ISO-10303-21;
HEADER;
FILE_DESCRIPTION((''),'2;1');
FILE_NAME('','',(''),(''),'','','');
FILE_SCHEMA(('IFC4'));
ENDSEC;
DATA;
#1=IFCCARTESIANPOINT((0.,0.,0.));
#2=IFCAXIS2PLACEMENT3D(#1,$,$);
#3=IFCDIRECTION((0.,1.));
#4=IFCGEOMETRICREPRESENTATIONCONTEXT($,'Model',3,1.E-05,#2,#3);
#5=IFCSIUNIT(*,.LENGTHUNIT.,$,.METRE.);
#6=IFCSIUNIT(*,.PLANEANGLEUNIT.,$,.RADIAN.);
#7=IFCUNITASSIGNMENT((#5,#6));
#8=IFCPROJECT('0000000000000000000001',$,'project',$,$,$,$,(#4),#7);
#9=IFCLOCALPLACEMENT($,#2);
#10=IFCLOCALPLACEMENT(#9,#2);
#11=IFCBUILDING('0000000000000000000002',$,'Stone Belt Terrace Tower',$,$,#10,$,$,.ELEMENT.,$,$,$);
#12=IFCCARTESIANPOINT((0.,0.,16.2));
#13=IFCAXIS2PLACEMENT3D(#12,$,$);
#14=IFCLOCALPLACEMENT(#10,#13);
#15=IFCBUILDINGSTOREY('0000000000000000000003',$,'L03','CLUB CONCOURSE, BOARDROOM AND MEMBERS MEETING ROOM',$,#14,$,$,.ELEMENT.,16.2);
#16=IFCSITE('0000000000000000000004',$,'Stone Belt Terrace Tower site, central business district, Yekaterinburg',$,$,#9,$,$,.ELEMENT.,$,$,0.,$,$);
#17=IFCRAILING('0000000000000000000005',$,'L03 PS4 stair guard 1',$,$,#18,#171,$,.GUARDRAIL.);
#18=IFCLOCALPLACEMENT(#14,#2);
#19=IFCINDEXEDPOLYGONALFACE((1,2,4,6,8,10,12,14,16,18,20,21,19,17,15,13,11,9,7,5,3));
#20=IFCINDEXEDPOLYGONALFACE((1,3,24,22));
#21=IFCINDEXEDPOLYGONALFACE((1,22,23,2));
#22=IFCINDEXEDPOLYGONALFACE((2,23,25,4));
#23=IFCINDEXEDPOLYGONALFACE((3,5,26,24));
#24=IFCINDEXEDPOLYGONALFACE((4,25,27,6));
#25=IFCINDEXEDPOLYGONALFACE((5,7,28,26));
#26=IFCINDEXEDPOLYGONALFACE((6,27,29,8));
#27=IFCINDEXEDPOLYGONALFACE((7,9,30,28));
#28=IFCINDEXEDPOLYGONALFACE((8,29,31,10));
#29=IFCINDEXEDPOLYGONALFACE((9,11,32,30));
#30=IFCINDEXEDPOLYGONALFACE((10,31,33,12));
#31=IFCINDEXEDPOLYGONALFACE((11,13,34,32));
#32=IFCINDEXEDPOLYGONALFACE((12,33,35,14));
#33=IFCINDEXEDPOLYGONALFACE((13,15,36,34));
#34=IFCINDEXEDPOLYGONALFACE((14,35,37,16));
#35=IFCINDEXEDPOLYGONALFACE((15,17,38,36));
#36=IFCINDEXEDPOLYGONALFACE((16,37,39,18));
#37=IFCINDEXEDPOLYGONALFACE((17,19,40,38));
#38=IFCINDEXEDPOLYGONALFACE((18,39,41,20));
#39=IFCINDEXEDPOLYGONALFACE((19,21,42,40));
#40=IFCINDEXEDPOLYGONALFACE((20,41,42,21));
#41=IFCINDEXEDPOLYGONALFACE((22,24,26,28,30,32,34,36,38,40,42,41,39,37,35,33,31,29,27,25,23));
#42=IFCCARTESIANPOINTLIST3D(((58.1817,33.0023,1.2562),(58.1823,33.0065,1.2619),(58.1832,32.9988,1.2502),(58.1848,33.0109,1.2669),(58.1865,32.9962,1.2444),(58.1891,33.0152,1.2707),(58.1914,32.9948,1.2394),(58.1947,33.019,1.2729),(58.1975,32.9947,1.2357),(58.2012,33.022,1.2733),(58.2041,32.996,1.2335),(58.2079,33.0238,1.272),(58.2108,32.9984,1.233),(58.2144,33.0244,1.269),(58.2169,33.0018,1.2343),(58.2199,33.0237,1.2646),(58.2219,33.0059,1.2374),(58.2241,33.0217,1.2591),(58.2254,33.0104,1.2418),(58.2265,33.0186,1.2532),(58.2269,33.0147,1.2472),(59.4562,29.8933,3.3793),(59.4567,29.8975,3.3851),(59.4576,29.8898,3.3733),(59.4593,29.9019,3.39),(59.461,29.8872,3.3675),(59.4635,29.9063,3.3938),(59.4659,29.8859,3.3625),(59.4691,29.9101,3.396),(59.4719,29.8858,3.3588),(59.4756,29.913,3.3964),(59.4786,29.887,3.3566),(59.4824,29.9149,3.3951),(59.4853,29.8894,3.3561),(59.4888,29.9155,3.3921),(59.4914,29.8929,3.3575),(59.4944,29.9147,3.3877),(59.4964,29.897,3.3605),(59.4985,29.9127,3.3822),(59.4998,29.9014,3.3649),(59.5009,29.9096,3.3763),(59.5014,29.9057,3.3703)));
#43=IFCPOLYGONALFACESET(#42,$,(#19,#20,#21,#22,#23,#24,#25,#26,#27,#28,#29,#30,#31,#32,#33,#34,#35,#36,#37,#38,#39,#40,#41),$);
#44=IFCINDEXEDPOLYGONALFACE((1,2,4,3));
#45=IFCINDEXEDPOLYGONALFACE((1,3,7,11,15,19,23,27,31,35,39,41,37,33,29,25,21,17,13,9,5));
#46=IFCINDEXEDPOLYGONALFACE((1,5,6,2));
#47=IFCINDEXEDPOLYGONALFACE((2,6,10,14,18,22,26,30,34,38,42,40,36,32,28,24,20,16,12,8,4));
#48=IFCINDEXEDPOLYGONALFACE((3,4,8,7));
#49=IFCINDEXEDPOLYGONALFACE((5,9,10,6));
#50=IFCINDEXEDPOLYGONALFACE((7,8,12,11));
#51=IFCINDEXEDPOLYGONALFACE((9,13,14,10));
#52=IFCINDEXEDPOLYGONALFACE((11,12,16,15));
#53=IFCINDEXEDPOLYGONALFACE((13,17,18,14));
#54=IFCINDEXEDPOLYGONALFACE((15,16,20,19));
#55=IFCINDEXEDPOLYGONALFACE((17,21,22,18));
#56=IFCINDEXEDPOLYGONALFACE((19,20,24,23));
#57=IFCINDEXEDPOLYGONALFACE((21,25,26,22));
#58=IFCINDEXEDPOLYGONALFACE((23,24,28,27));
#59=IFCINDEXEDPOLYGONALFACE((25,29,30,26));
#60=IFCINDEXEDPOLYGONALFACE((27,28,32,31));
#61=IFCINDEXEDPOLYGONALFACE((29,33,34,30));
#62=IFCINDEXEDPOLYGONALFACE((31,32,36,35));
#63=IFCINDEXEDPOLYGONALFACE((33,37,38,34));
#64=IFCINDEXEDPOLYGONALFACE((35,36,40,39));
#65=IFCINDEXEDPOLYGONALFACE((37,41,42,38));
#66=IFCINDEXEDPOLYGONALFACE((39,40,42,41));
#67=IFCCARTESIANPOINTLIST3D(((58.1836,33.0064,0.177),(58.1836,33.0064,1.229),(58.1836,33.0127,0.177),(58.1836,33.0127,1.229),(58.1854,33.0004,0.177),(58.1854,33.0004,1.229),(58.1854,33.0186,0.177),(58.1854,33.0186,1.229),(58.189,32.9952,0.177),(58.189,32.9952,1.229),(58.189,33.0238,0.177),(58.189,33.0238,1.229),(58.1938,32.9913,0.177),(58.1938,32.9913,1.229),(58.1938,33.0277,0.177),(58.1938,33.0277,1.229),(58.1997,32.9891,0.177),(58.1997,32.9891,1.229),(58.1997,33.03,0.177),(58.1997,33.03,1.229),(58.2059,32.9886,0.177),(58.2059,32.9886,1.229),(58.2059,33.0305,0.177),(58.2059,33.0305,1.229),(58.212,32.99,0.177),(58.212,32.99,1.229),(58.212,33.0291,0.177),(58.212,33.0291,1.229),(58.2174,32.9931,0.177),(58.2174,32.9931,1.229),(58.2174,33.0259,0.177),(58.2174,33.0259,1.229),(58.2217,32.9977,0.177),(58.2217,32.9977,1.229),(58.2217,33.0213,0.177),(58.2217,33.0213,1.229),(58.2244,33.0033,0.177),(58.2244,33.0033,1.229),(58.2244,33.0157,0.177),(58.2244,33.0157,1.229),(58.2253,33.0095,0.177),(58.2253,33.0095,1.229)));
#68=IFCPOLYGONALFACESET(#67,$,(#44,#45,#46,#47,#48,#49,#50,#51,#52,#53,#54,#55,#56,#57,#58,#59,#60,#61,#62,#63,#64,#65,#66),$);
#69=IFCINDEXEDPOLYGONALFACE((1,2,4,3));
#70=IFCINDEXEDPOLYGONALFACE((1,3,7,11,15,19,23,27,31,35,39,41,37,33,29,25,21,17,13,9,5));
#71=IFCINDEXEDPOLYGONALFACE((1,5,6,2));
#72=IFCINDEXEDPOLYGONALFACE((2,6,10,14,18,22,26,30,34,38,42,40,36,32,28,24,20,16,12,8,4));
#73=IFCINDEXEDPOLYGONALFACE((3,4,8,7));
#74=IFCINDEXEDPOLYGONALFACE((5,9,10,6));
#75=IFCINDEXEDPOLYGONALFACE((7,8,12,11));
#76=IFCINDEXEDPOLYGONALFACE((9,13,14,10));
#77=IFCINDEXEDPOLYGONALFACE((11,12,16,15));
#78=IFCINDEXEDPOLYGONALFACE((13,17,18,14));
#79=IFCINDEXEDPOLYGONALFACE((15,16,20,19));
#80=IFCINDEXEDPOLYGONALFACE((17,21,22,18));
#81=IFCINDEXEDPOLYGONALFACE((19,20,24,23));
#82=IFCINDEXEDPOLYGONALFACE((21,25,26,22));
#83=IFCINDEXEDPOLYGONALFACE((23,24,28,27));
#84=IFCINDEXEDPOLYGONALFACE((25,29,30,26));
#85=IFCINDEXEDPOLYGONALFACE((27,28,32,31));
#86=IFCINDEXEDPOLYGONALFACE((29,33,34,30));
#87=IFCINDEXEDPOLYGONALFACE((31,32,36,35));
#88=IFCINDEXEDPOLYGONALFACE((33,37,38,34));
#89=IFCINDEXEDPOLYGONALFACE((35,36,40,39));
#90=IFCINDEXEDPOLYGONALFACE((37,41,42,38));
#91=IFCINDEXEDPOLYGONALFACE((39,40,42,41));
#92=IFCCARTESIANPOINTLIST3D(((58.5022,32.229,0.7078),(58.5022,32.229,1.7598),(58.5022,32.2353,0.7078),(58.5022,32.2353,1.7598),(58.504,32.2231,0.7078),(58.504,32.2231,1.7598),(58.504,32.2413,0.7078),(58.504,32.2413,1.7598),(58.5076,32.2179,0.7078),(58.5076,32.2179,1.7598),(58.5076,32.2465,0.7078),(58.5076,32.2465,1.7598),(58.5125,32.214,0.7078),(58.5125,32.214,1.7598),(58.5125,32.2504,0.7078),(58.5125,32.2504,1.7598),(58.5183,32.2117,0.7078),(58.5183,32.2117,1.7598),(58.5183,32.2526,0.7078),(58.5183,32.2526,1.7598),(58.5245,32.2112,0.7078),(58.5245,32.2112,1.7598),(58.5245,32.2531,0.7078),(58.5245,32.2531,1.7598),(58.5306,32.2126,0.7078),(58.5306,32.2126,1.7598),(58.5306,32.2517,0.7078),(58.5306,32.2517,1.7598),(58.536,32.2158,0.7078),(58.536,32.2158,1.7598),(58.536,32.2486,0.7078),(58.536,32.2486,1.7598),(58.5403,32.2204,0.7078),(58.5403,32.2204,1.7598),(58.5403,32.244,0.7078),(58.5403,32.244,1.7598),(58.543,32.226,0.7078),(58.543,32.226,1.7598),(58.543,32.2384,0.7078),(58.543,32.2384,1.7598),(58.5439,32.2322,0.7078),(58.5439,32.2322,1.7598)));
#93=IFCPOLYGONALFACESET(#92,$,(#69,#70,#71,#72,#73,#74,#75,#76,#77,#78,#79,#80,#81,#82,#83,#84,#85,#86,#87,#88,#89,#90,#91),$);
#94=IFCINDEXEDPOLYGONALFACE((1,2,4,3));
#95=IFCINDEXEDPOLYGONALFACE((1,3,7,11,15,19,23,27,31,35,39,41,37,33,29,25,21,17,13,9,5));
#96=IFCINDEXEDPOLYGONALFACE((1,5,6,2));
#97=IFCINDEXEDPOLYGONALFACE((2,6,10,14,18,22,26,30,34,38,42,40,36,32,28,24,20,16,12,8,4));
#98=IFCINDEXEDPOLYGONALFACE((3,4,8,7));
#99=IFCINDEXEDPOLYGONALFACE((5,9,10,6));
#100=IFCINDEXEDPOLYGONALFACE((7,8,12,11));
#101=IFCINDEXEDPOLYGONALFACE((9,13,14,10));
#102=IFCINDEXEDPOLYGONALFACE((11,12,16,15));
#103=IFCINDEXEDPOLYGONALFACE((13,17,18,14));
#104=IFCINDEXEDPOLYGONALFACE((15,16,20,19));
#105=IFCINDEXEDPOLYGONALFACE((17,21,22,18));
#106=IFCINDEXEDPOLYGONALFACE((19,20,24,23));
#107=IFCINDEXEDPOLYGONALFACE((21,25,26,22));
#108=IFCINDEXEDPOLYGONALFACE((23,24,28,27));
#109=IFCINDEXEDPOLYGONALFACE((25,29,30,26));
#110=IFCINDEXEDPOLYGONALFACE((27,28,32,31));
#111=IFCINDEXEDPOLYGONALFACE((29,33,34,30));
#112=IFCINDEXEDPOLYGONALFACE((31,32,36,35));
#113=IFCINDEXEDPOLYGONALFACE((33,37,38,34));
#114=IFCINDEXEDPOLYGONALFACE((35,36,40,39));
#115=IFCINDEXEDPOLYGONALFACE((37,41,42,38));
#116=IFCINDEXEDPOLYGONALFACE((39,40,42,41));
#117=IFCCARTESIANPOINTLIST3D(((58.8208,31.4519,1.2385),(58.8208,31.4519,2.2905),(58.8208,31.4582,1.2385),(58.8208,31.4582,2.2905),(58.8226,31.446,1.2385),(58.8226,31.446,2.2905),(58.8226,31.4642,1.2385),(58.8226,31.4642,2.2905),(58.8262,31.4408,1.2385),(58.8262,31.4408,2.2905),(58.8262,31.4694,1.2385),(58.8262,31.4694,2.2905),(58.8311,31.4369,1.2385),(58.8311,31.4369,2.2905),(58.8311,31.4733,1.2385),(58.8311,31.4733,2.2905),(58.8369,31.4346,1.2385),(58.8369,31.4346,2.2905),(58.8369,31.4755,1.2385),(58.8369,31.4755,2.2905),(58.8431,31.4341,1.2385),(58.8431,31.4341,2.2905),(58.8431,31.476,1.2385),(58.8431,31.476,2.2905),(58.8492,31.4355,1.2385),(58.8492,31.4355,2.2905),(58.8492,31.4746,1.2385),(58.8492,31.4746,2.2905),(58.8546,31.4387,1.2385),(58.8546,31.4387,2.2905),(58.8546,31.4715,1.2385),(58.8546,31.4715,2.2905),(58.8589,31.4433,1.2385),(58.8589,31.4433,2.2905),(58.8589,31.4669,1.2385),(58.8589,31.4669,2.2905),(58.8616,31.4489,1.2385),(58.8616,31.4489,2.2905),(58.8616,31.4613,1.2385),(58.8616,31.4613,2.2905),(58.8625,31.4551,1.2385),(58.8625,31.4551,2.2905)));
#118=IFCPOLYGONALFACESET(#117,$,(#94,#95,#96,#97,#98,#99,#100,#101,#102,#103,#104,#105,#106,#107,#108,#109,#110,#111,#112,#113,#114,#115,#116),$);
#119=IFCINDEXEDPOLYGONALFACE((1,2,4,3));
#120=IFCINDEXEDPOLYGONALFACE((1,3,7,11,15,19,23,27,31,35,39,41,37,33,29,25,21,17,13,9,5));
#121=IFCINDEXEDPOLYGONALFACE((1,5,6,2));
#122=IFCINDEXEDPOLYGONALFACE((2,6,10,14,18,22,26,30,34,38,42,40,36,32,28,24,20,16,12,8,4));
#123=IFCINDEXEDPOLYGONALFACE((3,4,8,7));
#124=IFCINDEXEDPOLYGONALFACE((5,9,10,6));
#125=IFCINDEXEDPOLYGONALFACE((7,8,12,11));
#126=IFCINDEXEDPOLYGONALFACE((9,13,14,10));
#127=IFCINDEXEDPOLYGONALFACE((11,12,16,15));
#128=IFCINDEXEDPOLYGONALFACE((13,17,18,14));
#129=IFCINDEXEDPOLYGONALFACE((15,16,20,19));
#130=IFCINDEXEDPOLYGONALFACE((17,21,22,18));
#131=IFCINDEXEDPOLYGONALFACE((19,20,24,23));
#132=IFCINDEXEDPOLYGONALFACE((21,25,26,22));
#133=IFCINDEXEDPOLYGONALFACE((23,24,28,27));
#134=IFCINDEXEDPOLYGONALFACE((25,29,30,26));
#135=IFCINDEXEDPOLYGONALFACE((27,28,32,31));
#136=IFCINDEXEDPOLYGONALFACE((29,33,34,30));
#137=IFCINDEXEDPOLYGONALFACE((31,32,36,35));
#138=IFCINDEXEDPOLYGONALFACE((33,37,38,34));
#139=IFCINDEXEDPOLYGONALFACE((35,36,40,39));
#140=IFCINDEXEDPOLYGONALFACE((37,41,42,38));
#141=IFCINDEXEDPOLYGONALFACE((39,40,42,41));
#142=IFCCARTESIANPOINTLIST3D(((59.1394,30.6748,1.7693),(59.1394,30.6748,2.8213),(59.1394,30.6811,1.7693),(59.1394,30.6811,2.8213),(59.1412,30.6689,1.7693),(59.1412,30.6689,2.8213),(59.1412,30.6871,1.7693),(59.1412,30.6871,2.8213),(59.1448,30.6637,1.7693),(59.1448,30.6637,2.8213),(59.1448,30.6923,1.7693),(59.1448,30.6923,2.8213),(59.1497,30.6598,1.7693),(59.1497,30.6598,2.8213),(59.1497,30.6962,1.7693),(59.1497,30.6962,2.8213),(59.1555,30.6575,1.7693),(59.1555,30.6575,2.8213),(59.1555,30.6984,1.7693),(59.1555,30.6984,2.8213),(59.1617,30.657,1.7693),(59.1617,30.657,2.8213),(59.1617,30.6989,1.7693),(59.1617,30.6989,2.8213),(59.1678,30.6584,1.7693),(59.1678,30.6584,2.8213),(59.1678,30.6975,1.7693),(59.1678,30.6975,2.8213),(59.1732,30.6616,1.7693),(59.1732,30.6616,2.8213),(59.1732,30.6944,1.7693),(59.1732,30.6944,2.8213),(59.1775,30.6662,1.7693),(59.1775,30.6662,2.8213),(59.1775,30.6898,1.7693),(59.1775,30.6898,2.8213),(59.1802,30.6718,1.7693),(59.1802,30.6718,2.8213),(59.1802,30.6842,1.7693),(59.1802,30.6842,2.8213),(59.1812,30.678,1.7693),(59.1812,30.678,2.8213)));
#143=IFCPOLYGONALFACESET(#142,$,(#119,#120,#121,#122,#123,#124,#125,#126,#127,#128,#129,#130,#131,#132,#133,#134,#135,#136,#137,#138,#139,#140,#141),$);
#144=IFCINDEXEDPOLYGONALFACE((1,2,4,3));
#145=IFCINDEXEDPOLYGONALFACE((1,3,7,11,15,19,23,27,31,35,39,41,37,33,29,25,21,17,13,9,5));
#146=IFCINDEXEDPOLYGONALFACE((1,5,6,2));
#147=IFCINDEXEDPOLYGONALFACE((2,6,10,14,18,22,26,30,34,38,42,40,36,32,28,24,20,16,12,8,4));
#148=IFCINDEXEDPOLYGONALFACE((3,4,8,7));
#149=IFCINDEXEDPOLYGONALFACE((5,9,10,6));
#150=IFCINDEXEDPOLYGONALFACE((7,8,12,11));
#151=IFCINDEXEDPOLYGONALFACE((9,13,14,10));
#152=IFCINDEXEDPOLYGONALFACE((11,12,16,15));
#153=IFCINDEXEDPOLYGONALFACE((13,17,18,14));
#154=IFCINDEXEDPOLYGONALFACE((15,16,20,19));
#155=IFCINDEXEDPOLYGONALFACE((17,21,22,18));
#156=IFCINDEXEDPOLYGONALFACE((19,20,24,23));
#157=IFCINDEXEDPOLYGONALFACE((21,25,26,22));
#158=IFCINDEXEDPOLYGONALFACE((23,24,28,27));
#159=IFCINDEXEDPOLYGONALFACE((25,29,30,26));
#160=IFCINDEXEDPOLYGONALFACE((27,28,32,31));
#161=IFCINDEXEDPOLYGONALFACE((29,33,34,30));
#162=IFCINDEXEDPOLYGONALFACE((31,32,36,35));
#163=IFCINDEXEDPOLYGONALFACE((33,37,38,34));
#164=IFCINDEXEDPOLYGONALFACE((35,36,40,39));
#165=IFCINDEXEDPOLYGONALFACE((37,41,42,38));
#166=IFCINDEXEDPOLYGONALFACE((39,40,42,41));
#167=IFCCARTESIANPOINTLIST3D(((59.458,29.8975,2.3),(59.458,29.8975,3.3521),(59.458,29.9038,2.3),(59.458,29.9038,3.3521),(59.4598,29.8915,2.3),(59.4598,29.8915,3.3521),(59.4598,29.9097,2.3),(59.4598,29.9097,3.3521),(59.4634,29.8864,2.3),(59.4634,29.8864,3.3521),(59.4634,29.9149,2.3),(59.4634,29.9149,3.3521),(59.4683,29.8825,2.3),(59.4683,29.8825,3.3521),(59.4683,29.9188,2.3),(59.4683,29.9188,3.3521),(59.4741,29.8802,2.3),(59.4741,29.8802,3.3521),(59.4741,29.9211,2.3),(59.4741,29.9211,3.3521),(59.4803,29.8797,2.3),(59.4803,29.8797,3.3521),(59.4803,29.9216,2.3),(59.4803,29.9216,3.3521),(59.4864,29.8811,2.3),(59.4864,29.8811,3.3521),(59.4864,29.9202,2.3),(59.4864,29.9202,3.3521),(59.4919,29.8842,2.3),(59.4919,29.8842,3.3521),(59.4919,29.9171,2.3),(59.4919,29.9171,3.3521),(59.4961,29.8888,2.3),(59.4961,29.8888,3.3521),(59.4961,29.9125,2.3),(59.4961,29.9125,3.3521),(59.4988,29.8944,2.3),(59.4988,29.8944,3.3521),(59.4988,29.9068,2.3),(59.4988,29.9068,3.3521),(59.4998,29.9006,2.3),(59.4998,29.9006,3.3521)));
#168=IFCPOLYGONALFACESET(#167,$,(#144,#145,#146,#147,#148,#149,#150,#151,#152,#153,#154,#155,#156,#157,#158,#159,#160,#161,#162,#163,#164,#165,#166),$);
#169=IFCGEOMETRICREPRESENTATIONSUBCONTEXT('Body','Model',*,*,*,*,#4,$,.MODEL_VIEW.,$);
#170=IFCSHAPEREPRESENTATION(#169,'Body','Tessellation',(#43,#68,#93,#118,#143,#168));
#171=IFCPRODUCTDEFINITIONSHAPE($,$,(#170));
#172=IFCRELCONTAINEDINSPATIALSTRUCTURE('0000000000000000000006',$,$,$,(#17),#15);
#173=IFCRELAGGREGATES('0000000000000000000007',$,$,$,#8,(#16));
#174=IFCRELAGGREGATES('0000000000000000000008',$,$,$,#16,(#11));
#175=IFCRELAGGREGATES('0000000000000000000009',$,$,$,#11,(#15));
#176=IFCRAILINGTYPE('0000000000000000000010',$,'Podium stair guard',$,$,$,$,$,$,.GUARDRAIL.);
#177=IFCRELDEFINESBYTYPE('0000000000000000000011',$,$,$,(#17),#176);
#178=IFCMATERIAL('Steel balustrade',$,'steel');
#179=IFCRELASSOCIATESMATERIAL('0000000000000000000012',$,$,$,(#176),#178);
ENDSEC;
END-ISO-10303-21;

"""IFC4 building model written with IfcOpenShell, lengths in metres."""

from ifc_helpers import new_model, si_unit, direction, frame, origin, origin_2d, place, context, subcontext, project, spatial, circle, extrude, material, type_object, element, save


model = new_model("IFC4")

# Units and contexts
model_context = context("Model", 3, precision=1e-05, world=origin(), true_north=direction((0.0, 1.0)))
body_context = subcontext(model_context, "Body", "Model", "MODEL_VIEW")
ifc_project = project(units=[si_unit("LENGTHUNIT", "METRE"), si_unit("PLANEANGLEUNIT", "RADIAN")], contexts=[model_context])

# Site, building, storey
site_placement = place(None, origin())
site = spatial("IfcSite", under=ifc_project, at=site_placement, Name="Stone Belt Terrace Tower site, central business district, Yekaterinburg", CompositionType="ELEMENT", RefElevation=0.0)
building_placement = place(site_placement, origin())
building = spatial("IfcBuilding", under=site, at=building_placement, Name="Stone Belt Terrace Tower", CompositionType="ELEMENT")
storey_placement = place(building_placement, frame((0.0, 0.0, 16.2)))
storey = spatial("IfcBuildingStorey", under=building, at=storey_placement, Name="L03", Description="CLUB CONCOURSE, BOARDROOM AND MEMBERS MEETING ROOM", CompositionType="ELEMENT", Elevation=16.2)

# Railing
ifc_material_1 = material(Name="Steel balustrade", Category="steel")
railing_type_1 = type_object("IfcRailingType", Name="Podium stair guard", PredefinedType="GUARDRAIL", material=ifc_material_1)
railing_1_placement = place(storey_placement, frame((58.2043, 33.0095, 0.177)))
element("IfcRailing", 1, at=railing_1_placement, inside=storey, type_object=railing_type_1, Name="L03 PS4 stair guard 1", PredefinedType="GUARDRAIL", context=body_context, shape_type="SweptSolid", body=[
    extrude(circle(Radius=0.0239, at=origin_2d()), frame((0.0, 0.0, 1.0762), z_axis=(0.320648, -0.782209, 0.534167), x_axis=(0.925276, 0.379295, 0.0)), (0.0, 0.0, 1.0), 3.9746),
    extrude(circle(Radius=0.021, at=origin_2d()), origin(), (0.0, 0.0, 1.0), 1.052),
    extrude(circle(Radius=0.021, at=origin_2d()), frame((0.3186, -0.7773, 0.5308)), (0.0, 0.0, 1.0), 1.052),
    extrude(circle(Radius=0.021, at=origin_2d()), frame((0.6372, -1.5544, 1.0615)), (0.0, 0.0, 1.0), 1.052),
    extrude(circle(Radius=0.021, at=origin_2d()), frame((0.9558, -2.3315, 1.5923)), (0.0, 0.0, 1.0), 1.052),
    extrude(circle(Radius=0.021, at=origin_2d()), frame((1.2744, -3.1089, 2.123)), (0.0, 0.0, 1.0), 1.052),
])

save(model, "model.ifc")
